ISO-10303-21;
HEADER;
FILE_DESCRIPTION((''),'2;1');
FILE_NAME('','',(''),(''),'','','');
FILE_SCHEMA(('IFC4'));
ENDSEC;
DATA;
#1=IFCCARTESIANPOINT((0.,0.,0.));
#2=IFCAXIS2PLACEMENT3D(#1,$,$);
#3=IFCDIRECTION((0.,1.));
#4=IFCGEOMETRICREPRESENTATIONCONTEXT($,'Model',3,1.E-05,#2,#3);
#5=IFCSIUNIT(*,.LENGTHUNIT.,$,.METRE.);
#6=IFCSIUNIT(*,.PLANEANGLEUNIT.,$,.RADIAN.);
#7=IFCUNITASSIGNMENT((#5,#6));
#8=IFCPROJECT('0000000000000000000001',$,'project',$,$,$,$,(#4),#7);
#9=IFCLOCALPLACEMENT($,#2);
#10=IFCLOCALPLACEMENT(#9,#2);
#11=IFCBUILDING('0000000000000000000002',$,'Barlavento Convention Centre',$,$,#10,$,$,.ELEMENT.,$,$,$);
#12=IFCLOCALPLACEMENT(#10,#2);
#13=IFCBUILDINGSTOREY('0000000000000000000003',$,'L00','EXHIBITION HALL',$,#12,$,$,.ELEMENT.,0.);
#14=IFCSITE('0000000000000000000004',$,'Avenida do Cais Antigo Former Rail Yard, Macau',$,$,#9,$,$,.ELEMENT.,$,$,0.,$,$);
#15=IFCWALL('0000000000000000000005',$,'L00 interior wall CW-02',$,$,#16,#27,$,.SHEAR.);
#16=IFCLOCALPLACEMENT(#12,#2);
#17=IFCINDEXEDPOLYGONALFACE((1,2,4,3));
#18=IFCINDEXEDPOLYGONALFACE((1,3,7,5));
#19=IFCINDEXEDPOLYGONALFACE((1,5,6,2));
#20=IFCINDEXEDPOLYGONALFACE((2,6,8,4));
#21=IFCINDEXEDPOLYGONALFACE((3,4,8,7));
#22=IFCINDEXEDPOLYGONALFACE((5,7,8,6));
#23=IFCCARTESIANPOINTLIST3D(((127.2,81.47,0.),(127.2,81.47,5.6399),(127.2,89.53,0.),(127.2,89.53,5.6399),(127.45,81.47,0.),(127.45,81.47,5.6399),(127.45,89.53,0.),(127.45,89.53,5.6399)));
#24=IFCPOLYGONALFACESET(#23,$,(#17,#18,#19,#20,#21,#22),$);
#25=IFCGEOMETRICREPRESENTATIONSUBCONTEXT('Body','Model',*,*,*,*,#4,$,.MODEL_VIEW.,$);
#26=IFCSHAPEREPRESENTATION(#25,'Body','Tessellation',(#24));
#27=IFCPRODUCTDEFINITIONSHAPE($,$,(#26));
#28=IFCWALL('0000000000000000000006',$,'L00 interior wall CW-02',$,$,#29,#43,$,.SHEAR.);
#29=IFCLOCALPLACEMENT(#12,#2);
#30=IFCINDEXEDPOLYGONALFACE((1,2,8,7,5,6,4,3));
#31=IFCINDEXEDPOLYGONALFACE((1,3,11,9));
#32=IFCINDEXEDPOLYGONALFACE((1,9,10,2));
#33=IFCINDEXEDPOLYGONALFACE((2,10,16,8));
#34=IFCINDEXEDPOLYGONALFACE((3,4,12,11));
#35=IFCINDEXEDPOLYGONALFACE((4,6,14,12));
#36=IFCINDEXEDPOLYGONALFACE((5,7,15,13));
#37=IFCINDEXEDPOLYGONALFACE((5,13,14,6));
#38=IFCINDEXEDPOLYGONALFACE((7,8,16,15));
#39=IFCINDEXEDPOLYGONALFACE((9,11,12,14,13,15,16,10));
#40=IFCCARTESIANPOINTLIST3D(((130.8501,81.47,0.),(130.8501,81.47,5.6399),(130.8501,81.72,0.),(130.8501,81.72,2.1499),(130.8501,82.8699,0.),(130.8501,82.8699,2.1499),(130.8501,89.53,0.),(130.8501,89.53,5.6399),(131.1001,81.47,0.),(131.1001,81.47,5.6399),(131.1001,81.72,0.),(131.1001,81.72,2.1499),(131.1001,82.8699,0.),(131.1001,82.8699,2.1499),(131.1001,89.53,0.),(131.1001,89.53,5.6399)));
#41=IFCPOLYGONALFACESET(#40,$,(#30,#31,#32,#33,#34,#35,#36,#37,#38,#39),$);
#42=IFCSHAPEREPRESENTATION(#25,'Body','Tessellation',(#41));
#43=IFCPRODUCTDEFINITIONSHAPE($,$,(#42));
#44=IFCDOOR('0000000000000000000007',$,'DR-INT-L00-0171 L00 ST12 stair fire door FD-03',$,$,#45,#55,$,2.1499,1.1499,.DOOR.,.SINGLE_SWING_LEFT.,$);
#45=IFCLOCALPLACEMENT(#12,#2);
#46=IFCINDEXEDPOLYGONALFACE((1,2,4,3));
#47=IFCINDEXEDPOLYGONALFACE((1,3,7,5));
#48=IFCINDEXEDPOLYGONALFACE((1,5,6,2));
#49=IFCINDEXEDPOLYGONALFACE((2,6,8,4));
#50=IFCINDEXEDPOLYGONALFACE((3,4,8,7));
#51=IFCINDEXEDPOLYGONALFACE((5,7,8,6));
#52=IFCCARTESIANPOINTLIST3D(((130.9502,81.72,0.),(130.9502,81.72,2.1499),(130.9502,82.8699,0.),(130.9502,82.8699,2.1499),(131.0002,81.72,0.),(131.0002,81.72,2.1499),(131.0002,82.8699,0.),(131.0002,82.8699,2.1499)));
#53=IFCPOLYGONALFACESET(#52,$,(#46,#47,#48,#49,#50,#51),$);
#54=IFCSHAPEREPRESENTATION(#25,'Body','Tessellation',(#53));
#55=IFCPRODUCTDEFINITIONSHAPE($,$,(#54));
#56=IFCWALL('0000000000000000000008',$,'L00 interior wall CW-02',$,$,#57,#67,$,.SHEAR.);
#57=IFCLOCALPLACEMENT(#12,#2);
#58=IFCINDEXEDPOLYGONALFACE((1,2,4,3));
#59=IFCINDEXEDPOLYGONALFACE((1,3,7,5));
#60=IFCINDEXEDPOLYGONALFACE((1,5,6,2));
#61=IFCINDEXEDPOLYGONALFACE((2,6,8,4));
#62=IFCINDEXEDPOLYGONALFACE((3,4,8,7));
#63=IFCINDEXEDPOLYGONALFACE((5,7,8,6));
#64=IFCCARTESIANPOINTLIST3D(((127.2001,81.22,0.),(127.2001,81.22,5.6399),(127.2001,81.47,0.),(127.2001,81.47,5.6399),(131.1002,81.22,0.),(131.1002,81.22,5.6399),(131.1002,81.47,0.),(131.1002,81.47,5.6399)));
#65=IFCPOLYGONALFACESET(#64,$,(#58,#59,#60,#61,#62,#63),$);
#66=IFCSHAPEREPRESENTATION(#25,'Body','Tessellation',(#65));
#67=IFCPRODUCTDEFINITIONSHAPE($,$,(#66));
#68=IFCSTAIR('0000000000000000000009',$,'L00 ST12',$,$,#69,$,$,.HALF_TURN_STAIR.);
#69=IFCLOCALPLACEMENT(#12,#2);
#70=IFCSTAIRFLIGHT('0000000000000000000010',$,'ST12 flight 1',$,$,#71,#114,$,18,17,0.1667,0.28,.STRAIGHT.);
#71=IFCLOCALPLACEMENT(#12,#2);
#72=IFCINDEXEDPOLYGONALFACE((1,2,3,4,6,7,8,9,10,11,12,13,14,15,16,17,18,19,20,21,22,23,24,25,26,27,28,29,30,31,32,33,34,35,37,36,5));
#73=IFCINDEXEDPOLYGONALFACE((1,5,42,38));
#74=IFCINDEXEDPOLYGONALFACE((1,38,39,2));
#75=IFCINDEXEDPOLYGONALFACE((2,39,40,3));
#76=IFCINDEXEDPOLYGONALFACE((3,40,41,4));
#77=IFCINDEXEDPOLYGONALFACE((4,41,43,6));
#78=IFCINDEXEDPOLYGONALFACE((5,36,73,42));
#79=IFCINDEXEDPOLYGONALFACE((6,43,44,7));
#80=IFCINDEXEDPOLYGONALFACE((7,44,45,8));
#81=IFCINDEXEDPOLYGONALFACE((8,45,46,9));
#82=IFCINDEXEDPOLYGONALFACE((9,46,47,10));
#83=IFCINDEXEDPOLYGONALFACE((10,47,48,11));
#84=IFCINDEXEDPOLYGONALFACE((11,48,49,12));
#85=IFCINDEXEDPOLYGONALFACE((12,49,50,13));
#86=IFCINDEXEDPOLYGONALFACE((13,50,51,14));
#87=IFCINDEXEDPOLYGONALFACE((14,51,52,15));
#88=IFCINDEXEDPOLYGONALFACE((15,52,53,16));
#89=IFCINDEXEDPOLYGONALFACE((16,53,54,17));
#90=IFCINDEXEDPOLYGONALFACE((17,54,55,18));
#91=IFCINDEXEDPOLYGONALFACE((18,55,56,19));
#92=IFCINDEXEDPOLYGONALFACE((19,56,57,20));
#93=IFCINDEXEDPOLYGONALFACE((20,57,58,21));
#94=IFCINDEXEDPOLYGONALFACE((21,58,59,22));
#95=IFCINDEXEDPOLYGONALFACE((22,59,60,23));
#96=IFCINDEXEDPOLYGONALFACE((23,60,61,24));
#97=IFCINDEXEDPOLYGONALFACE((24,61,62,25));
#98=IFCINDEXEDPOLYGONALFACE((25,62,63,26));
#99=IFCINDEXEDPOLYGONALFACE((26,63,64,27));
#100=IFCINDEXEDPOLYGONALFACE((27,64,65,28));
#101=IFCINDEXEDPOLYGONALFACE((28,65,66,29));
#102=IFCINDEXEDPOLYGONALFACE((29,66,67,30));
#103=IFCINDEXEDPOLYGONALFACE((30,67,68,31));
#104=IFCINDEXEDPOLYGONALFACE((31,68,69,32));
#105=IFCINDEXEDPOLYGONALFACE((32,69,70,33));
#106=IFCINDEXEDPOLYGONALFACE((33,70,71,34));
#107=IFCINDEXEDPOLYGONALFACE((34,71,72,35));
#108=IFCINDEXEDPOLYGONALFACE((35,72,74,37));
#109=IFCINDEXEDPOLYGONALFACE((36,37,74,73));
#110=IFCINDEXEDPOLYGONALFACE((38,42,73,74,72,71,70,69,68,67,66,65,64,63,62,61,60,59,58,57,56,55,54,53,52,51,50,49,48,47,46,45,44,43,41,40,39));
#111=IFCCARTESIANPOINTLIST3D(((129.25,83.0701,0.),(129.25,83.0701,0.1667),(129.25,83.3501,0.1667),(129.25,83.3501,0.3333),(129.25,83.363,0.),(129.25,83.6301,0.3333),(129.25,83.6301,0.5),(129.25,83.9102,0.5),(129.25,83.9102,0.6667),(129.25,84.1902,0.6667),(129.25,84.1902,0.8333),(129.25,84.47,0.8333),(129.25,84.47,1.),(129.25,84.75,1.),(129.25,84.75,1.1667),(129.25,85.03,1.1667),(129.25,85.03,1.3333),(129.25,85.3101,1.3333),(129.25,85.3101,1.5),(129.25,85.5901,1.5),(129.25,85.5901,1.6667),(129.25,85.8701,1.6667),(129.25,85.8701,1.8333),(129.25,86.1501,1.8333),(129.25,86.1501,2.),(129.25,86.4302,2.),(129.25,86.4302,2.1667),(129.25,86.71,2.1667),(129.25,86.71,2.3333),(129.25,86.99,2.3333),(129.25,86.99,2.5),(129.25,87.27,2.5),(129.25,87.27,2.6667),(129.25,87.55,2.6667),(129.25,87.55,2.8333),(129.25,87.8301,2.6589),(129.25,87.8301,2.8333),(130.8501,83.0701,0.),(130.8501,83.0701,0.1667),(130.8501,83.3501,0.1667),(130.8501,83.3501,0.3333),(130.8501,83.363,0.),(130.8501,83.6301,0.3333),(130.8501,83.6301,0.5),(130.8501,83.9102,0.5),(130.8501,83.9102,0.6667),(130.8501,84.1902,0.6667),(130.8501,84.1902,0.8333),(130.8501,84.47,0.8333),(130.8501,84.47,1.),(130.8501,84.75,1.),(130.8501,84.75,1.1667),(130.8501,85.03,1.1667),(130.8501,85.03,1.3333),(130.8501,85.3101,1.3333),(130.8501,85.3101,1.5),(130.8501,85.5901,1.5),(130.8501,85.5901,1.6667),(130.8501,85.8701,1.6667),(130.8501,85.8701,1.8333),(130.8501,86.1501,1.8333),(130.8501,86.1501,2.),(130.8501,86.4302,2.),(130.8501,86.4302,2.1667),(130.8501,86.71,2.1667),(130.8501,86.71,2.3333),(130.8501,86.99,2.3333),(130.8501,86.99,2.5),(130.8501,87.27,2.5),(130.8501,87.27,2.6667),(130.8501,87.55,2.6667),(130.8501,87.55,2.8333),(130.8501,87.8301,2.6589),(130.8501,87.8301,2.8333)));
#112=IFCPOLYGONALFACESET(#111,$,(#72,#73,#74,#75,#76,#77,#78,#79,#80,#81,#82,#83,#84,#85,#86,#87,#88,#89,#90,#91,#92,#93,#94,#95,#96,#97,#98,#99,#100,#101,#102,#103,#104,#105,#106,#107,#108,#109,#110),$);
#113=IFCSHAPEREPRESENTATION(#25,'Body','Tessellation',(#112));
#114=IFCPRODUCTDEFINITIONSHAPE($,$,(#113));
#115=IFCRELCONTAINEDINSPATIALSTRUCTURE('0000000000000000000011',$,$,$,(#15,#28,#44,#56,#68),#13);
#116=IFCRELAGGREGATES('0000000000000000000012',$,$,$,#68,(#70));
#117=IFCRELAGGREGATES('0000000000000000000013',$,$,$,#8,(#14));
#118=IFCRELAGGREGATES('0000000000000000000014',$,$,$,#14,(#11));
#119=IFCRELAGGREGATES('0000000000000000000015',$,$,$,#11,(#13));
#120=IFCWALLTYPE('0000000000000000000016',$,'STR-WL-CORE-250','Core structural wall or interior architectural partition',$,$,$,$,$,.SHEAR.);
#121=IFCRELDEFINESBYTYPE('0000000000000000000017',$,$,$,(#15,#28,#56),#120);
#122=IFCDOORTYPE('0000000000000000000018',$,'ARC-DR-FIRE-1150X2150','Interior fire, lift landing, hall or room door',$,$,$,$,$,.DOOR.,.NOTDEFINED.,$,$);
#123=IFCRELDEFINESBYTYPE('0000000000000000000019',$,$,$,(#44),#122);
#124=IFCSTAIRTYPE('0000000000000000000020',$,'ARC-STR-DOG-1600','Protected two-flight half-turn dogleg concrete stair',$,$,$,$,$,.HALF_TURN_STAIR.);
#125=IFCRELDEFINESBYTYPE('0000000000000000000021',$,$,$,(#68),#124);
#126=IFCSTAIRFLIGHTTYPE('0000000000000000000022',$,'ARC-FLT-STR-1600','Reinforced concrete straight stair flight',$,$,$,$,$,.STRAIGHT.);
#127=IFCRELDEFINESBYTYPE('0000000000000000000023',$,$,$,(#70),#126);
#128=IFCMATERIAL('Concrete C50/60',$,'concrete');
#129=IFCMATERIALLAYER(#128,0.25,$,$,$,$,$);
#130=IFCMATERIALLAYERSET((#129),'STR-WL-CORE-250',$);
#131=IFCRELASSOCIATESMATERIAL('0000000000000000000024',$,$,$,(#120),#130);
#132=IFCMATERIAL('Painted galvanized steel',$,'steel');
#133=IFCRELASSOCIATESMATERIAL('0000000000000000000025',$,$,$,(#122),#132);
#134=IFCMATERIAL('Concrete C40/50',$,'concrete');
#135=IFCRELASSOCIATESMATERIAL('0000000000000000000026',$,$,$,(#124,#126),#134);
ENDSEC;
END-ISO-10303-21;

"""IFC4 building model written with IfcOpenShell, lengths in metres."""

from ifc_helpers import new_model, si_unit, direction, frame, frame_2d, origin, place, context, subcontext, project, spatial, polyline, rectangle, outline, extrude, material, layer, layer_set, type_object, element, fill, aggregate, save


model = new_model("IFC4")

# Units and contexts
model_context = context("Model", 3, precision=1e-05, world=origin(), true_north=direction((0.0, 1.0)))
body_context = subcontext(model_context, "Body", "Model", "MODEL_VIEW")
ifc_project = project(units=[si_unit("LENGTHUNIT", "METRE"), si_unit("PLANEANGLEUNIT", "RADIAN")], contexts=[model_context])

# Site, building, storey
site_placement = place(None, origin())
site = spatial("IfcSite", under=ifc_project, at=site_placement, Name="Avenida do Cais Antigo Former Rail Yard, Macau", CompositionType="ELEMENT", RefElevation=0.0)
building_placement = place(site_placement, origin())
building = spatial("IfcBuilding", under=site, at=building_placement, Name="Barlavento Convention Centre", CompositionType="ELEMENT")
storey_placement = place(building_placement, origin())
storey = spatial("IfcBuildingStorey", under=building, at=storey_placement, Name="L00", Description="EXHIBITION HALL", CompositionType="ELEMENT", Elevation=0.0)

# Shared definitions
ifc_material_1 = material(Name="Concrete C50/60", Category="concrete")

# Wall
ifc_layer_1 = layer(ifc_material_1, 0.25)
ifc_layer_set_1 = layer_set([ifc_layer_1], Name="STR-WL-CORE-250")
wall_type_1 = type_object("IfcWallType", Name="STR-WL-CORE-250", Description="Core structural wall or interior architectural partition", PredefinedType="SHEAR", material=ifc_layer_set_1)
wall_1_placement = place(storey_placement, frame((127.325, 81.47, 0.0), z_axis=(0.0, 0.0, 1.0), x_axis=(0.0, 1.0, 0.0)))
element("IfcWall", 1, at=wall_1_placement, inside=storey, type_object=wall_type_1, Name="L00 interior wall CW-02", PredefinedType="SHEAR", context=body_context, shape_type="SweptSolid", body=[
    extrude(rectangle(XDim=8.0601, YDim=0.25, at=frame_2d((4.03, 0.0))), origin(), (0.0, 0.0, 1.0), 5.6399),
])

# Wall, opening, door
wall_2_placement = place(storey_placement, frame((130.9751, 81.47, 0.0), z_axis=(0.0, 0.0, 1.0), x_axis=(0.0, 1.0, 0.0)))
wall_2 = element("IfcWall", 2, at=wall_2_placement, inside=storey, type_object=wall_type_1, Name="L00 interior wall CW-02", PredefinedType="SHEAR", context=body_context, shape_type="SweptSolid", body=[
    extrude(rectangle(XDim=8.0601, YDim=0.25, at=frame_2d((4.03, 0.0))), origin(), (0.0, 0.0, 1.0), 5.6399),
])
opening_1_placement = place(wall_2_placement, frame((0.25, 0.0, 0.0)))
opening_1 = element("IfcOpeningElement", 3, at=opening_1_placement, cuts=wall_2, PredefinedType="OPENING", context=body_context, shape_type="SweptSolid", body=[
    extrude(rectangle(XDim=1.1499, YDim=2.1499, at=frame_2d((0.575, 1.075))), frame((0.0, 0.135, 0.0), z_axis=(0.0, -1.0, 0.0), x_axis=(1.0, 0.0, 0.0)), (0.0, 0.0, 1.0), 0.27),
])
ifc_material_2 = material(Name="Painted galvanized steel", Category="steel")
door_type_1 = type_object("IfcDoorType", Name="ARC-DR-FIRE-1150X2150", Description="Interior fire, lift landing, hall or room door", OperationType="NOTDEFINED", PredefinedType="DOOR", material=ifc_material_2)
door_1_placement = place(opening_1_placement, origin())
door_1 = element("IfcDoor", 4, at=door_1_placement, inside=storey, type_object=door_type_1, Name="DR-INT-L00-0171 L00 ST12 stair fire door FD-03", OperationType="SINGLE_SWING_LEFT", OverallHeight=2.1499, OverallWidth=1.1499, PredefinedType="DOOR", context=body_context, shape_type="SweptSolid", body=[
    extrude(rectangle(XDim=1.1499, YDim=2.1499, at=frame_2d((0.575, 1.075))), frame((0.0, 0.0249, 0.0), z_axis=(0.0, -1.0, 0.0), x_axis=(1.0, 0.0, 0.0)), (0.0, 0.0, 1.0), 0.05),
])
fill(opening_1, door_1)

# Wall
wall_3_placement = place(storey_placement, frame((127.2, 81.345, 0.0), z_axis=(0.0, 0.0, 1.0), x_axis=(1.0, 0.0, 0.0)))
element("IfcWall", 5, at=wall_3_placement, inside=storey, type_object=wall_type_1, Name="L00 interior wall CW-02", PredefinedType="SHEAR", context=body_context, shape_type="SweptSolid", body=[
    extrude(rectangle(XDim=3.9001, YDim=0.25, at=frame_2d((1.9502, 0.0))), origin(), (0.0, 0.0, 1.0), 5.6399),
])

# Stair, stair flight
ifc_material_3 = material(Name="Concrete C40/50", Category="concrete")
stair_type = type_object("IfcStairType", Name="ARC-STR-DOG-1600", Description="Protected two-flight half-turn dogleg concrete stair", PredefinedType="HALF_TURN_STAIR", material=ifc_material_3)
stair_placement = place(storey_placement, origin())
stair = element("IfcStair", 6, at=stair_placement, inside=storey, type_object=stair_type, Name="L00 ST12", PredefinedType="HALF_TURN_STAIR")
stair_flight_type = type_object("IfcStairFlightType", Name="ARC-FLT-STR-1600", Description="Reinforced concrete straight stair flight", PredefinedType="STRAIGHT", material=ifc_material_3)
stair_flight_placement = place(storey_placement, frame((130.05, 83.0701, 0.0), z_axis=(0.0, 0.0, 1.0), x_axis=(0.0, 1.0, 0.0)))
stair_flight = element("IfcStairFlight", 7, at=stair_flight_placement, type_object=stair_flight_type, Name="ST12 flight 1", NumberOfRisers=18, NumberOfTreads=17, PredefinedType="STRAIGHT", RiserHeight=0.1667, TreadLength=0.28, context=body_context, shape_type="SweptSolid", body=[
    extrude(outline(polyline([(0.0, 0.0), (0.0, 0.1667), (0.28, 0.1667), (0.28, 0.3333), (0.5601, 0.3333), (0.5601, 0.5), (0.8401, 0.5), (0.8401, 0.6667), (1.1201, 0.6667), (1.1201, 0.8333), (1.3999, 0.8333), (1.3999, 1.0), (1.6799, 1.0), (1.6799, 1.1667), (1.96, 1.1667), (1.96, 1.3333), (2.24, 1.3333), (2.24, 1.5), (2.52, 1.5), (2.52, 1.6667), (2.8, 1.6667), (2.8, 1.8333), (3.0801, 1.8333), (3.0801, 2.0), (3.3601, 2.0), (3.3601, 2.1667), (3.6399, 2.1667), (3.6399, 2.3333), (3.9199, 2.3333), (3.9199, 2.5), (4.2, 2.5), (4.2, 2.6667), (4.48, 2.6667), (4.48, 2.8333), (4.76, 2.8333), (4.76, 3.0), (4.76, 2.6589), (0.293, 0.0), (0.0, 0.0)])), frame((0.0, 0.8, 0.0), z_axis=(0.0, -1.0, 0.0), x_axis=(1.0, 0.0, 0.0)), (0.0, 0.0, 1.0), 1.6001),
])
aggregate(stair, [stair_flight])

save(model, "model.ifc")
